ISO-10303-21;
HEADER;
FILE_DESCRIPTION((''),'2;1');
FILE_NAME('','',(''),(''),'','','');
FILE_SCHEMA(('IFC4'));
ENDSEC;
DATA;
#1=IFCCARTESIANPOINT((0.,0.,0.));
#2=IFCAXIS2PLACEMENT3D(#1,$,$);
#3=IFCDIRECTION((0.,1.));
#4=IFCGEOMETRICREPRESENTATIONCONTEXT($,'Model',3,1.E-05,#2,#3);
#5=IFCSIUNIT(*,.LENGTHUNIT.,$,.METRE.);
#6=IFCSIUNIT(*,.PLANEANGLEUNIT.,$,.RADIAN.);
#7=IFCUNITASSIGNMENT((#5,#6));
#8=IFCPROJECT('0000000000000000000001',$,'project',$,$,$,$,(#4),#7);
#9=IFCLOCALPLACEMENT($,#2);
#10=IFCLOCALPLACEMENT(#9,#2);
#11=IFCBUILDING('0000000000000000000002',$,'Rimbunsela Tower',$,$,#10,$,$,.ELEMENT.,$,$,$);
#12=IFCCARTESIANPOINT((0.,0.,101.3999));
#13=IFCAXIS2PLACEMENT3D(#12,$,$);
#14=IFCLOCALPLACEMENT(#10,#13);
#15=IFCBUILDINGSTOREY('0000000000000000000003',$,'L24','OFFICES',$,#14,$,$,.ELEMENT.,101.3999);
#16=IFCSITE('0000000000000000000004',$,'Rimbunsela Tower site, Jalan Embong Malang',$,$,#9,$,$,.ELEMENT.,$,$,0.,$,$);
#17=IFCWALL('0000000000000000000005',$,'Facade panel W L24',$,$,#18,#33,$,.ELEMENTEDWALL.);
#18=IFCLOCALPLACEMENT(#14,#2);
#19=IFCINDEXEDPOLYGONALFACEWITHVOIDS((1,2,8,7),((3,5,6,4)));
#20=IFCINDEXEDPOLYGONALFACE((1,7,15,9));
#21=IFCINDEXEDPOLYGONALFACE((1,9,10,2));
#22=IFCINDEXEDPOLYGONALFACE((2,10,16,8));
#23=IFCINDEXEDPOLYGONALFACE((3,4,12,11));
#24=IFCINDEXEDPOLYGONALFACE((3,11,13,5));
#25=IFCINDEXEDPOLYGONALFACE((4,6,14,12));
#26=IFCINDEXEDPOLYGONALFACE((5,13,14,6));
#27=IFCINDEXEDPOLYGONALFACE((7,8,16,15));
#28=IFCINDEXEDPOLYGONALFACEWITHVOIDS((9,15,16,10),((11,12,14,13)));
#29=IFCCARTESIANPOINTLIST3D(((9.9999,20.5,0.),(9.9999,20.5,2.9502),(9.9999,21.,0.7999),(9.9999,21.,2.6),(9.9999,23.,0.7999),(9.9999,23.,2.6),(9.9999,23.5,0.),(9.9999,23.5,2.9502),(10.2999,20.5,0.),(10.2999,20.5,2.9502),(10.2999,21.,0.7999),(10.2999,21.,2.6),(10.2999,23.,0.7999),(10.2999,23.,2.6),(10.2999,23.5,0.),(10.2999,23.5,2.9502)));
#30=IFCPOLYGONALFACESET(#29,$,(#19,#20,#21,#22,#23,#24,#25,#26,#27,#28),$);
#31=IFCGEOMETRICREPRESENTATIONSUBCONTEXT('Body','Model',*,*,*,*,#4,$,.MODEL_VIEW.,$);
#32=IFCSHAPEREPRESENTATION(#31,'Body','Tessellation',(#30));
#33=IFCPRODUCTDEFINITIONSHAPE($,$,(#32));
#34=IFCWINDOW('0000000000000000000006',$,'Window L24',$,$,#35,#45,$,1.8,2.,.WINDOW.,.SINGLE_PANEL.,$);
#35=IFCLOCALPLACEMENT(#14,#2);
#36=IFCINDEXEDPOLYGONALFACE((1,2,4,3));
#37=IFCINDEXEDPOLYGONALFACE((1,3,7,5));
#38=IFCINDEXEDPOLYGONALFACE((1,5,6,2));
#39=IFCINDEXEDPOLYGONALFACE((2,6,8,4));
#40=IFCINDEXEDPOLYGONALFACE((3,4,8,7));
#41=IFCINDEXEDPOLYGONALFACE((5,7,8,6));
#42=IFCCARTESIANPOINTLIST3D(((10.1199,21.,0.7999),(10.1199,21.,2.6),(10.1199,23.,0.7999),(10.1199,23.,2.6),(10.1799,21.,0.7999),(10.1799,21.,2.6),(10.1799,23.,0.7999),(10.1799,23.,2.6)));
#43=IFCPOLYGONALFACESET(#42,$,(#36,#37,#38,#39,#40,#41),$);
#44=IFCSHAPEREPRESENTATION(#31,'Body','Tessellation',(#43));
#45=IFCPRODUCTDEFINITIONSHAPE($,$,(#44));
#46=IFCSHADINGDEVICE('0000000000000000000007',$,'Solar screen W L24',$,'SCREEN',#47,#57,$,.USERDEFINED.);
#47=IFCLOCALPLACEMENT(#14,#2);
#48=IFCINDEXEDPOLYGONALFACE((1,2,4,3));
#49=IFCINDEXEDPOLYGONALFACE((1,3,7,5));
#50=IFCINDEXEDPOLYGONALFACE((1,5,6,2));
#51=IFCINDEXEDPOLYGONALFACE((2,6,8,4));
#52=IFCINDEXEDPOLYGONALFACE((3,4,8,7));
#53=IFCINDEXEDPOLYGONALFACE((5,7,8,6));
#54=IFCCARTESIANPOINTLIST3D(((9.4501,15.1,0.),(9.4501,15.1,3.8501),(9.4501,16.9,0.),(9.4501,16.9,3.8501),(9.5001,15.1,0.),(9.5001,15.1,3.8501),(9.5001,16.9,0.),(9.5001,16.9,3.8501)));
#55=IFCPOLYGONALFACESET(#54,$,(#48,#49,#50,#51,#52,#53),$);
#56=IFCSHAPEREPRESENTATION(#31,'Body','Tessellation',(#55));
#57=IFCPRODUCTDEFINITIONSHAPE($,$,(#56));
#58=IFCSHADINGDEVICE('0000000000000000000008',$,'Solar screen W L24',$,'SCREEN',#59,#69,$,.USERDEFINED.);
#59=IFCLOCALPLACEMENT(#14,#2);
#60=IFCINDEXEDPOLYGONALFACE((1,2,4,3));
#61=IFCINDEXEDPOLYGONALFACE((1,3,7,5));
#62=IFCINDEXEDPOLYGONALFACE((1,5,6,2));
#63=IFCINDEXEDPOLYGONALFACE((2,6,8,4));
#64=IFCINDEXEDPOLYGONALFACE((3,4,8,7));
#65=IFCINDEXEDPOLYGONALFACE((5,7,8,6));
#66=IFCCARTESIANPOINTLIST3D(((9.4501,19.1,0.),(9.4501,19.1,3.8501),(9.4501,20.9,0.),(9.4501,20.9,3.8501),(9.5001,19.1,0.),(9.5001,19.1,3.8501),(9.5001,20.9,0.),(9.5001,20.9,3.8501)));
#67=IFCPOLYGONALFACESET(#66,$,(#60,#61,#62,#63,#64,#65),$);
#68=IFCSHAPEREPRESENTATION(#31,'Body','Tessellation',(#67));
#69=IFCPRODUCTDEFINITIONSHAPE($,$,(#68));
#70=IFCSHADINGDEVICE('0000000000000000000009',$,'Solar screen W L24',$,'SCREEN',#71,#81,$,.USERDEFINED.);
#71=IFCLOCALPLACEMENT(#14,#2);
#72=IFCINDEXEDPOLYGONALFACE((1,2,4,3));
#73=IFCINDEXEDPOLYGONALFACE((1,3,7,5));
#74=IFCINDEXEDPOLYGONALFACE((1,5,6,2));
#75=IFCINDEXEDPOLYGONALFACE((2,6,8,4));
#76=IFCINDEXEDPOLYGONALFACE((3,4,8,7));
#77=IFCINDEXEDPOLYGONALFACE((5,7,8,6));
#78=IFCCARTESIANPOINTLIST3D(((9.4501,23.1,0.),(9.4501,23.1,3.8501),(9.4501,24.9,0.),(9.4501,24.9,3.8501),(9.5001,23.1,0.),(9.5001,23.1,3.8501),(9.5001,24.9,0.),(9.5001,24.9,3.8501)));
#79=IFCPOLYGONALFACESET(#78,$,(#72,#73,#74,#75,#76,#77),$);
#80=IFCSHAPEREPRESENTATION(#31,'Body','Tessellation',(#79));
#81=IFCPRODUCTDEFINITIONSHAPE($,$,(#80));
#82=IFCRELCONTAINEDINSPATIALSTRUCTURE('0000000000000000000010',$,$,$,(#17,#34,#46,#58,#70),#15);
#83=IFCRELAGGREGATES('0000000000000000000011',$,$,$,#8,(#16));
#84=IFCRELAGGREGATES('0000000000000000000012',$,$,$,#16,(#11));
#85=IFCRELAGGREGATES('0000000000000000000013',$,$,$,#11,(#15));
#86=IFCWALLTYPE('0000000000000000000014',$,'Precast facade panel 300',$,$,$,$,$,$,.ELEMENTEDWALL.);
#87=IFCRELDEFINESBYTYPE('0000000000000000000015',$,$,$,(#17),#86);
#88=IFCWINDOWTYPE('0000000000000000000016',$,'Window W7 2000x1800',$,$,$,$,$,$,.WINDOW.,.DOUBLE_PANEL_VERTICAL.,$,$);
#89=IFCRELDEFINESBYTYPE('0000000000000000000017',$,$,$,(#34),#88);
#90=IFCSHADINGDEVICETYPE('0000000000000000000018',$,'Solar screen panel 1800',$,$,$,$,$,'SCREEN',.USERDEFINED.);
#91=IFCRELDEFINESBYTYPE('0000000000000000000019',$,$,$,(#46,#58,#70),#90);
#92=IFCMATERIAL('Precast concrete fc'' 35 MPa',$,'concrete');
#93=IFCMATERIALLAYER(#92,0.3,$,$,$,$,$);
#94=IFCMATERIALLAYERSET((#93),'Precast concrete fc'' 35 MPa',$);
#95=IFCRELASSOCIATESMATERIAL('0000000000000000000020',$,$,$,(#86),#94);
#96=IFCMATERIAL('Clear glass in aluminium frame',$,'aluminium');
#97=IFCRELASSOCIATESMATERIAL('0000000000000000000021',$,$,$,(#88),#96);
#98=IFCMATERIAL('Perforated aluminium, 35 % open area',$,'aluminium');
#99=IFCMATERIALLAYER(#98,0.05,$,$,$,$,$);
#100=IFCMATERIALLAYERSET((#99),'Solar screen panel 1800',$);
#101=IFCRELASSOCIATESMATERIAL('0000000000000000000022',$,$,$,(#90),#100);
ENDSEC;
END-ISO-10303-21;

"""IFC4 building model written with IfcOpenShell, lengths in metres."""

from ifc_helpers import new_model, si_unit, direction, frame, frame_2d, origin, origin_2d, place, context, subcontext, project, spatial, rectangle, extrude, material, layer, layer_set, type_object, element, fill, save


model = new_model("IFC4")

# Units and contexts
model_context = context("Model", 3, precision=1e-05, world=origin(), true_north=direction((0.0, 1.0)))
body_context = subcontext(model_context, "Body", "Model", "MODEL_VIEW")
ifc_project = project(units=[si_unit("LENGTHUNIT", "METRE"), si_unit("PLANEANGLEUNIT", "RADIAN")], contexts=[model_context])

# Site, building, storey
site_placement = place(None, origin())
site = spatial("IfcSite", under=ifc_project, at=site_placement, Name="Rimbunsela Tower site, Jalan Embong Malang", CompositionType="ELEMENT", RefElevation=0.0)
building_placement = place(site_placement, origin())
building = spatial("IfcBuilding", under=site, at=building_placement, Name="Rimbunsela Tower", CompositionType="ELEMENT")
storey_placement = place(building_placement, frame((0.0, 0.0, 101.3999)))
storey = spatial("IfcBuildingStorey", under=building, at=storey_placement, Name="L24", Description="OFFICES", CompositionType="ELEMENT", Elevation=101.3999)

# Wall, opening, window
ifc_material_1 = material(Name="Precast concrete fc' 35 MPa", Category="concrete")
ifc_layer_1 = layer(ifc_material_1, 0.3)
ifc_layer_set_1 = layer_set([ifc_layer_1], Name="Precast concrete fc' 35 MPa")
wall_type_1 = type_object("IfcWallType", Name="Precast facade panel 300", PredefinedType="ELEMENTEDWALL", material=ifc_layer_set_1)
ifc_material_2 = material(Name="Clear glass in aluminium frame", Category="aluminium")
window_type = type_object("IfcWindowType", Name="Window W7 2000x1800", PartitioningType="DOUBLE_PANEL_VERTICAL", PredefinedType="WINDOW", material=ifc_material_2)
wall_1_placement = place(storey_placement, frame((10.1499, 23.5, 0.0), z_axis=(0.0, 0.0, 1.0), x_axis=(0.0, -1.0, 0.0)))
wall_1 = element("IfcWall", 1, at=wall_1_placement, inside=storey, type_object=wall_type_1, Name="Facade panel W L24", PredefinedType="ELEMENTEDWALL", context=body_context, shape_type="SweptSolid", body=[
    extrude(rectangle(XDim=3.0, YDim=0.3, at=frame_2d((1.5, 0.0))), origin(), (0.0, 0.0, 1.0), 2.9502),
])
opening_1_placement = place(wall_1_placement, frame((0.5, 0.0, 0.8)))
opening_1 = element("IfcOpeningElement", 2, at=opening_1_placement, cuts=wall_1, PredefinedType="OPENING", context=body_context, shape_type="SweptSolid", body=[
    extrude(rectangle(XDim=2.0, YDim=1.8, at=frame_2d((1.0, 0.8999))), frame((0.0, 0.1599, 0.0), z_axis=(0.0, -1.0, 0.0), x_axis=(1.0, 0.0, 0.0)), (0.0, 0.0, 1.0), 0.3201),
])
window_1_placement = place(opening_1_placement, origin())
window_1 = element("IfcWindow", 3, at=window_1_placement, inside=storey, type_object=window_type, Name="Window L24", OverallHeight=1.8, OverallWidth=2.0, PartitioningType="SINGLE_PANEL", PredefinedType="WINDOW", context=body_context, shape_type="SweptSolid", body=[
    extrude(rectangle(XDim=2.0, YDim=1.8, at=frame_2d((1.0, 0.8999))), frame((0.0, 0.03, 0.0), z_axis=(0.0, -1.0, 0.0), x_axis=(1.0, 0.0, 0.0)), (0.0, 0.0, 1.0), 0.0601),
])
fill(opening_1, window_1)

# Shading devices
ifc_material_3 = material(Name="Perforated aluminium, 35 % open area", Category="aluminium")
ifc_layer_2 = layer(ifc_material_3, 0.05)
ifc_layer_set_2 = layer_set([ifc_layer_2], Name="Solar screen panel 1800")
shading_device_type = type_object("IfcShadingDeviceType", Name="Solar screen panel 1800", ElementType="SCREEN", PredefinedType="USERDEFINED", material=ifc_layer_set_2)
for number, where, z_axis, x_axis, name in (
    (4, (9.4751, 16.0, 0.0), (0.0, 0.0, 1.0), (0.0, 1.0, 0.0), "Solar screen W L24"),
    (5, (9.4751, 20.0, 0.0), (0.0, 0.0, 1.0), (0.0, 1.0, 0.0), "Solar screen W L24"),
    (6, (9.4751, 24.0, 0.0), (0.0, 0.0, 1.0), (0.0, 1.0, 0.0), "Solar screen W L24"),
):
    element("IfcShadingDevice", number, at=place(storey_placement, frame(where, z_axis=z_axis, x_axis=x_axis)), inside=storey, type_object=shading_device_type, Name=name, ObjectType="SCREEN", PredefinedType="USERDEFINED", context=body_context, shape_type="SweptSolid", body=[
        extrude(rectangle(XDim=1.8, YDim=0.05, at=origin_2d()), origin(), (0.0, 0.0, 1.0), 3.8501),
    ])

save(model, "model.ifc")
